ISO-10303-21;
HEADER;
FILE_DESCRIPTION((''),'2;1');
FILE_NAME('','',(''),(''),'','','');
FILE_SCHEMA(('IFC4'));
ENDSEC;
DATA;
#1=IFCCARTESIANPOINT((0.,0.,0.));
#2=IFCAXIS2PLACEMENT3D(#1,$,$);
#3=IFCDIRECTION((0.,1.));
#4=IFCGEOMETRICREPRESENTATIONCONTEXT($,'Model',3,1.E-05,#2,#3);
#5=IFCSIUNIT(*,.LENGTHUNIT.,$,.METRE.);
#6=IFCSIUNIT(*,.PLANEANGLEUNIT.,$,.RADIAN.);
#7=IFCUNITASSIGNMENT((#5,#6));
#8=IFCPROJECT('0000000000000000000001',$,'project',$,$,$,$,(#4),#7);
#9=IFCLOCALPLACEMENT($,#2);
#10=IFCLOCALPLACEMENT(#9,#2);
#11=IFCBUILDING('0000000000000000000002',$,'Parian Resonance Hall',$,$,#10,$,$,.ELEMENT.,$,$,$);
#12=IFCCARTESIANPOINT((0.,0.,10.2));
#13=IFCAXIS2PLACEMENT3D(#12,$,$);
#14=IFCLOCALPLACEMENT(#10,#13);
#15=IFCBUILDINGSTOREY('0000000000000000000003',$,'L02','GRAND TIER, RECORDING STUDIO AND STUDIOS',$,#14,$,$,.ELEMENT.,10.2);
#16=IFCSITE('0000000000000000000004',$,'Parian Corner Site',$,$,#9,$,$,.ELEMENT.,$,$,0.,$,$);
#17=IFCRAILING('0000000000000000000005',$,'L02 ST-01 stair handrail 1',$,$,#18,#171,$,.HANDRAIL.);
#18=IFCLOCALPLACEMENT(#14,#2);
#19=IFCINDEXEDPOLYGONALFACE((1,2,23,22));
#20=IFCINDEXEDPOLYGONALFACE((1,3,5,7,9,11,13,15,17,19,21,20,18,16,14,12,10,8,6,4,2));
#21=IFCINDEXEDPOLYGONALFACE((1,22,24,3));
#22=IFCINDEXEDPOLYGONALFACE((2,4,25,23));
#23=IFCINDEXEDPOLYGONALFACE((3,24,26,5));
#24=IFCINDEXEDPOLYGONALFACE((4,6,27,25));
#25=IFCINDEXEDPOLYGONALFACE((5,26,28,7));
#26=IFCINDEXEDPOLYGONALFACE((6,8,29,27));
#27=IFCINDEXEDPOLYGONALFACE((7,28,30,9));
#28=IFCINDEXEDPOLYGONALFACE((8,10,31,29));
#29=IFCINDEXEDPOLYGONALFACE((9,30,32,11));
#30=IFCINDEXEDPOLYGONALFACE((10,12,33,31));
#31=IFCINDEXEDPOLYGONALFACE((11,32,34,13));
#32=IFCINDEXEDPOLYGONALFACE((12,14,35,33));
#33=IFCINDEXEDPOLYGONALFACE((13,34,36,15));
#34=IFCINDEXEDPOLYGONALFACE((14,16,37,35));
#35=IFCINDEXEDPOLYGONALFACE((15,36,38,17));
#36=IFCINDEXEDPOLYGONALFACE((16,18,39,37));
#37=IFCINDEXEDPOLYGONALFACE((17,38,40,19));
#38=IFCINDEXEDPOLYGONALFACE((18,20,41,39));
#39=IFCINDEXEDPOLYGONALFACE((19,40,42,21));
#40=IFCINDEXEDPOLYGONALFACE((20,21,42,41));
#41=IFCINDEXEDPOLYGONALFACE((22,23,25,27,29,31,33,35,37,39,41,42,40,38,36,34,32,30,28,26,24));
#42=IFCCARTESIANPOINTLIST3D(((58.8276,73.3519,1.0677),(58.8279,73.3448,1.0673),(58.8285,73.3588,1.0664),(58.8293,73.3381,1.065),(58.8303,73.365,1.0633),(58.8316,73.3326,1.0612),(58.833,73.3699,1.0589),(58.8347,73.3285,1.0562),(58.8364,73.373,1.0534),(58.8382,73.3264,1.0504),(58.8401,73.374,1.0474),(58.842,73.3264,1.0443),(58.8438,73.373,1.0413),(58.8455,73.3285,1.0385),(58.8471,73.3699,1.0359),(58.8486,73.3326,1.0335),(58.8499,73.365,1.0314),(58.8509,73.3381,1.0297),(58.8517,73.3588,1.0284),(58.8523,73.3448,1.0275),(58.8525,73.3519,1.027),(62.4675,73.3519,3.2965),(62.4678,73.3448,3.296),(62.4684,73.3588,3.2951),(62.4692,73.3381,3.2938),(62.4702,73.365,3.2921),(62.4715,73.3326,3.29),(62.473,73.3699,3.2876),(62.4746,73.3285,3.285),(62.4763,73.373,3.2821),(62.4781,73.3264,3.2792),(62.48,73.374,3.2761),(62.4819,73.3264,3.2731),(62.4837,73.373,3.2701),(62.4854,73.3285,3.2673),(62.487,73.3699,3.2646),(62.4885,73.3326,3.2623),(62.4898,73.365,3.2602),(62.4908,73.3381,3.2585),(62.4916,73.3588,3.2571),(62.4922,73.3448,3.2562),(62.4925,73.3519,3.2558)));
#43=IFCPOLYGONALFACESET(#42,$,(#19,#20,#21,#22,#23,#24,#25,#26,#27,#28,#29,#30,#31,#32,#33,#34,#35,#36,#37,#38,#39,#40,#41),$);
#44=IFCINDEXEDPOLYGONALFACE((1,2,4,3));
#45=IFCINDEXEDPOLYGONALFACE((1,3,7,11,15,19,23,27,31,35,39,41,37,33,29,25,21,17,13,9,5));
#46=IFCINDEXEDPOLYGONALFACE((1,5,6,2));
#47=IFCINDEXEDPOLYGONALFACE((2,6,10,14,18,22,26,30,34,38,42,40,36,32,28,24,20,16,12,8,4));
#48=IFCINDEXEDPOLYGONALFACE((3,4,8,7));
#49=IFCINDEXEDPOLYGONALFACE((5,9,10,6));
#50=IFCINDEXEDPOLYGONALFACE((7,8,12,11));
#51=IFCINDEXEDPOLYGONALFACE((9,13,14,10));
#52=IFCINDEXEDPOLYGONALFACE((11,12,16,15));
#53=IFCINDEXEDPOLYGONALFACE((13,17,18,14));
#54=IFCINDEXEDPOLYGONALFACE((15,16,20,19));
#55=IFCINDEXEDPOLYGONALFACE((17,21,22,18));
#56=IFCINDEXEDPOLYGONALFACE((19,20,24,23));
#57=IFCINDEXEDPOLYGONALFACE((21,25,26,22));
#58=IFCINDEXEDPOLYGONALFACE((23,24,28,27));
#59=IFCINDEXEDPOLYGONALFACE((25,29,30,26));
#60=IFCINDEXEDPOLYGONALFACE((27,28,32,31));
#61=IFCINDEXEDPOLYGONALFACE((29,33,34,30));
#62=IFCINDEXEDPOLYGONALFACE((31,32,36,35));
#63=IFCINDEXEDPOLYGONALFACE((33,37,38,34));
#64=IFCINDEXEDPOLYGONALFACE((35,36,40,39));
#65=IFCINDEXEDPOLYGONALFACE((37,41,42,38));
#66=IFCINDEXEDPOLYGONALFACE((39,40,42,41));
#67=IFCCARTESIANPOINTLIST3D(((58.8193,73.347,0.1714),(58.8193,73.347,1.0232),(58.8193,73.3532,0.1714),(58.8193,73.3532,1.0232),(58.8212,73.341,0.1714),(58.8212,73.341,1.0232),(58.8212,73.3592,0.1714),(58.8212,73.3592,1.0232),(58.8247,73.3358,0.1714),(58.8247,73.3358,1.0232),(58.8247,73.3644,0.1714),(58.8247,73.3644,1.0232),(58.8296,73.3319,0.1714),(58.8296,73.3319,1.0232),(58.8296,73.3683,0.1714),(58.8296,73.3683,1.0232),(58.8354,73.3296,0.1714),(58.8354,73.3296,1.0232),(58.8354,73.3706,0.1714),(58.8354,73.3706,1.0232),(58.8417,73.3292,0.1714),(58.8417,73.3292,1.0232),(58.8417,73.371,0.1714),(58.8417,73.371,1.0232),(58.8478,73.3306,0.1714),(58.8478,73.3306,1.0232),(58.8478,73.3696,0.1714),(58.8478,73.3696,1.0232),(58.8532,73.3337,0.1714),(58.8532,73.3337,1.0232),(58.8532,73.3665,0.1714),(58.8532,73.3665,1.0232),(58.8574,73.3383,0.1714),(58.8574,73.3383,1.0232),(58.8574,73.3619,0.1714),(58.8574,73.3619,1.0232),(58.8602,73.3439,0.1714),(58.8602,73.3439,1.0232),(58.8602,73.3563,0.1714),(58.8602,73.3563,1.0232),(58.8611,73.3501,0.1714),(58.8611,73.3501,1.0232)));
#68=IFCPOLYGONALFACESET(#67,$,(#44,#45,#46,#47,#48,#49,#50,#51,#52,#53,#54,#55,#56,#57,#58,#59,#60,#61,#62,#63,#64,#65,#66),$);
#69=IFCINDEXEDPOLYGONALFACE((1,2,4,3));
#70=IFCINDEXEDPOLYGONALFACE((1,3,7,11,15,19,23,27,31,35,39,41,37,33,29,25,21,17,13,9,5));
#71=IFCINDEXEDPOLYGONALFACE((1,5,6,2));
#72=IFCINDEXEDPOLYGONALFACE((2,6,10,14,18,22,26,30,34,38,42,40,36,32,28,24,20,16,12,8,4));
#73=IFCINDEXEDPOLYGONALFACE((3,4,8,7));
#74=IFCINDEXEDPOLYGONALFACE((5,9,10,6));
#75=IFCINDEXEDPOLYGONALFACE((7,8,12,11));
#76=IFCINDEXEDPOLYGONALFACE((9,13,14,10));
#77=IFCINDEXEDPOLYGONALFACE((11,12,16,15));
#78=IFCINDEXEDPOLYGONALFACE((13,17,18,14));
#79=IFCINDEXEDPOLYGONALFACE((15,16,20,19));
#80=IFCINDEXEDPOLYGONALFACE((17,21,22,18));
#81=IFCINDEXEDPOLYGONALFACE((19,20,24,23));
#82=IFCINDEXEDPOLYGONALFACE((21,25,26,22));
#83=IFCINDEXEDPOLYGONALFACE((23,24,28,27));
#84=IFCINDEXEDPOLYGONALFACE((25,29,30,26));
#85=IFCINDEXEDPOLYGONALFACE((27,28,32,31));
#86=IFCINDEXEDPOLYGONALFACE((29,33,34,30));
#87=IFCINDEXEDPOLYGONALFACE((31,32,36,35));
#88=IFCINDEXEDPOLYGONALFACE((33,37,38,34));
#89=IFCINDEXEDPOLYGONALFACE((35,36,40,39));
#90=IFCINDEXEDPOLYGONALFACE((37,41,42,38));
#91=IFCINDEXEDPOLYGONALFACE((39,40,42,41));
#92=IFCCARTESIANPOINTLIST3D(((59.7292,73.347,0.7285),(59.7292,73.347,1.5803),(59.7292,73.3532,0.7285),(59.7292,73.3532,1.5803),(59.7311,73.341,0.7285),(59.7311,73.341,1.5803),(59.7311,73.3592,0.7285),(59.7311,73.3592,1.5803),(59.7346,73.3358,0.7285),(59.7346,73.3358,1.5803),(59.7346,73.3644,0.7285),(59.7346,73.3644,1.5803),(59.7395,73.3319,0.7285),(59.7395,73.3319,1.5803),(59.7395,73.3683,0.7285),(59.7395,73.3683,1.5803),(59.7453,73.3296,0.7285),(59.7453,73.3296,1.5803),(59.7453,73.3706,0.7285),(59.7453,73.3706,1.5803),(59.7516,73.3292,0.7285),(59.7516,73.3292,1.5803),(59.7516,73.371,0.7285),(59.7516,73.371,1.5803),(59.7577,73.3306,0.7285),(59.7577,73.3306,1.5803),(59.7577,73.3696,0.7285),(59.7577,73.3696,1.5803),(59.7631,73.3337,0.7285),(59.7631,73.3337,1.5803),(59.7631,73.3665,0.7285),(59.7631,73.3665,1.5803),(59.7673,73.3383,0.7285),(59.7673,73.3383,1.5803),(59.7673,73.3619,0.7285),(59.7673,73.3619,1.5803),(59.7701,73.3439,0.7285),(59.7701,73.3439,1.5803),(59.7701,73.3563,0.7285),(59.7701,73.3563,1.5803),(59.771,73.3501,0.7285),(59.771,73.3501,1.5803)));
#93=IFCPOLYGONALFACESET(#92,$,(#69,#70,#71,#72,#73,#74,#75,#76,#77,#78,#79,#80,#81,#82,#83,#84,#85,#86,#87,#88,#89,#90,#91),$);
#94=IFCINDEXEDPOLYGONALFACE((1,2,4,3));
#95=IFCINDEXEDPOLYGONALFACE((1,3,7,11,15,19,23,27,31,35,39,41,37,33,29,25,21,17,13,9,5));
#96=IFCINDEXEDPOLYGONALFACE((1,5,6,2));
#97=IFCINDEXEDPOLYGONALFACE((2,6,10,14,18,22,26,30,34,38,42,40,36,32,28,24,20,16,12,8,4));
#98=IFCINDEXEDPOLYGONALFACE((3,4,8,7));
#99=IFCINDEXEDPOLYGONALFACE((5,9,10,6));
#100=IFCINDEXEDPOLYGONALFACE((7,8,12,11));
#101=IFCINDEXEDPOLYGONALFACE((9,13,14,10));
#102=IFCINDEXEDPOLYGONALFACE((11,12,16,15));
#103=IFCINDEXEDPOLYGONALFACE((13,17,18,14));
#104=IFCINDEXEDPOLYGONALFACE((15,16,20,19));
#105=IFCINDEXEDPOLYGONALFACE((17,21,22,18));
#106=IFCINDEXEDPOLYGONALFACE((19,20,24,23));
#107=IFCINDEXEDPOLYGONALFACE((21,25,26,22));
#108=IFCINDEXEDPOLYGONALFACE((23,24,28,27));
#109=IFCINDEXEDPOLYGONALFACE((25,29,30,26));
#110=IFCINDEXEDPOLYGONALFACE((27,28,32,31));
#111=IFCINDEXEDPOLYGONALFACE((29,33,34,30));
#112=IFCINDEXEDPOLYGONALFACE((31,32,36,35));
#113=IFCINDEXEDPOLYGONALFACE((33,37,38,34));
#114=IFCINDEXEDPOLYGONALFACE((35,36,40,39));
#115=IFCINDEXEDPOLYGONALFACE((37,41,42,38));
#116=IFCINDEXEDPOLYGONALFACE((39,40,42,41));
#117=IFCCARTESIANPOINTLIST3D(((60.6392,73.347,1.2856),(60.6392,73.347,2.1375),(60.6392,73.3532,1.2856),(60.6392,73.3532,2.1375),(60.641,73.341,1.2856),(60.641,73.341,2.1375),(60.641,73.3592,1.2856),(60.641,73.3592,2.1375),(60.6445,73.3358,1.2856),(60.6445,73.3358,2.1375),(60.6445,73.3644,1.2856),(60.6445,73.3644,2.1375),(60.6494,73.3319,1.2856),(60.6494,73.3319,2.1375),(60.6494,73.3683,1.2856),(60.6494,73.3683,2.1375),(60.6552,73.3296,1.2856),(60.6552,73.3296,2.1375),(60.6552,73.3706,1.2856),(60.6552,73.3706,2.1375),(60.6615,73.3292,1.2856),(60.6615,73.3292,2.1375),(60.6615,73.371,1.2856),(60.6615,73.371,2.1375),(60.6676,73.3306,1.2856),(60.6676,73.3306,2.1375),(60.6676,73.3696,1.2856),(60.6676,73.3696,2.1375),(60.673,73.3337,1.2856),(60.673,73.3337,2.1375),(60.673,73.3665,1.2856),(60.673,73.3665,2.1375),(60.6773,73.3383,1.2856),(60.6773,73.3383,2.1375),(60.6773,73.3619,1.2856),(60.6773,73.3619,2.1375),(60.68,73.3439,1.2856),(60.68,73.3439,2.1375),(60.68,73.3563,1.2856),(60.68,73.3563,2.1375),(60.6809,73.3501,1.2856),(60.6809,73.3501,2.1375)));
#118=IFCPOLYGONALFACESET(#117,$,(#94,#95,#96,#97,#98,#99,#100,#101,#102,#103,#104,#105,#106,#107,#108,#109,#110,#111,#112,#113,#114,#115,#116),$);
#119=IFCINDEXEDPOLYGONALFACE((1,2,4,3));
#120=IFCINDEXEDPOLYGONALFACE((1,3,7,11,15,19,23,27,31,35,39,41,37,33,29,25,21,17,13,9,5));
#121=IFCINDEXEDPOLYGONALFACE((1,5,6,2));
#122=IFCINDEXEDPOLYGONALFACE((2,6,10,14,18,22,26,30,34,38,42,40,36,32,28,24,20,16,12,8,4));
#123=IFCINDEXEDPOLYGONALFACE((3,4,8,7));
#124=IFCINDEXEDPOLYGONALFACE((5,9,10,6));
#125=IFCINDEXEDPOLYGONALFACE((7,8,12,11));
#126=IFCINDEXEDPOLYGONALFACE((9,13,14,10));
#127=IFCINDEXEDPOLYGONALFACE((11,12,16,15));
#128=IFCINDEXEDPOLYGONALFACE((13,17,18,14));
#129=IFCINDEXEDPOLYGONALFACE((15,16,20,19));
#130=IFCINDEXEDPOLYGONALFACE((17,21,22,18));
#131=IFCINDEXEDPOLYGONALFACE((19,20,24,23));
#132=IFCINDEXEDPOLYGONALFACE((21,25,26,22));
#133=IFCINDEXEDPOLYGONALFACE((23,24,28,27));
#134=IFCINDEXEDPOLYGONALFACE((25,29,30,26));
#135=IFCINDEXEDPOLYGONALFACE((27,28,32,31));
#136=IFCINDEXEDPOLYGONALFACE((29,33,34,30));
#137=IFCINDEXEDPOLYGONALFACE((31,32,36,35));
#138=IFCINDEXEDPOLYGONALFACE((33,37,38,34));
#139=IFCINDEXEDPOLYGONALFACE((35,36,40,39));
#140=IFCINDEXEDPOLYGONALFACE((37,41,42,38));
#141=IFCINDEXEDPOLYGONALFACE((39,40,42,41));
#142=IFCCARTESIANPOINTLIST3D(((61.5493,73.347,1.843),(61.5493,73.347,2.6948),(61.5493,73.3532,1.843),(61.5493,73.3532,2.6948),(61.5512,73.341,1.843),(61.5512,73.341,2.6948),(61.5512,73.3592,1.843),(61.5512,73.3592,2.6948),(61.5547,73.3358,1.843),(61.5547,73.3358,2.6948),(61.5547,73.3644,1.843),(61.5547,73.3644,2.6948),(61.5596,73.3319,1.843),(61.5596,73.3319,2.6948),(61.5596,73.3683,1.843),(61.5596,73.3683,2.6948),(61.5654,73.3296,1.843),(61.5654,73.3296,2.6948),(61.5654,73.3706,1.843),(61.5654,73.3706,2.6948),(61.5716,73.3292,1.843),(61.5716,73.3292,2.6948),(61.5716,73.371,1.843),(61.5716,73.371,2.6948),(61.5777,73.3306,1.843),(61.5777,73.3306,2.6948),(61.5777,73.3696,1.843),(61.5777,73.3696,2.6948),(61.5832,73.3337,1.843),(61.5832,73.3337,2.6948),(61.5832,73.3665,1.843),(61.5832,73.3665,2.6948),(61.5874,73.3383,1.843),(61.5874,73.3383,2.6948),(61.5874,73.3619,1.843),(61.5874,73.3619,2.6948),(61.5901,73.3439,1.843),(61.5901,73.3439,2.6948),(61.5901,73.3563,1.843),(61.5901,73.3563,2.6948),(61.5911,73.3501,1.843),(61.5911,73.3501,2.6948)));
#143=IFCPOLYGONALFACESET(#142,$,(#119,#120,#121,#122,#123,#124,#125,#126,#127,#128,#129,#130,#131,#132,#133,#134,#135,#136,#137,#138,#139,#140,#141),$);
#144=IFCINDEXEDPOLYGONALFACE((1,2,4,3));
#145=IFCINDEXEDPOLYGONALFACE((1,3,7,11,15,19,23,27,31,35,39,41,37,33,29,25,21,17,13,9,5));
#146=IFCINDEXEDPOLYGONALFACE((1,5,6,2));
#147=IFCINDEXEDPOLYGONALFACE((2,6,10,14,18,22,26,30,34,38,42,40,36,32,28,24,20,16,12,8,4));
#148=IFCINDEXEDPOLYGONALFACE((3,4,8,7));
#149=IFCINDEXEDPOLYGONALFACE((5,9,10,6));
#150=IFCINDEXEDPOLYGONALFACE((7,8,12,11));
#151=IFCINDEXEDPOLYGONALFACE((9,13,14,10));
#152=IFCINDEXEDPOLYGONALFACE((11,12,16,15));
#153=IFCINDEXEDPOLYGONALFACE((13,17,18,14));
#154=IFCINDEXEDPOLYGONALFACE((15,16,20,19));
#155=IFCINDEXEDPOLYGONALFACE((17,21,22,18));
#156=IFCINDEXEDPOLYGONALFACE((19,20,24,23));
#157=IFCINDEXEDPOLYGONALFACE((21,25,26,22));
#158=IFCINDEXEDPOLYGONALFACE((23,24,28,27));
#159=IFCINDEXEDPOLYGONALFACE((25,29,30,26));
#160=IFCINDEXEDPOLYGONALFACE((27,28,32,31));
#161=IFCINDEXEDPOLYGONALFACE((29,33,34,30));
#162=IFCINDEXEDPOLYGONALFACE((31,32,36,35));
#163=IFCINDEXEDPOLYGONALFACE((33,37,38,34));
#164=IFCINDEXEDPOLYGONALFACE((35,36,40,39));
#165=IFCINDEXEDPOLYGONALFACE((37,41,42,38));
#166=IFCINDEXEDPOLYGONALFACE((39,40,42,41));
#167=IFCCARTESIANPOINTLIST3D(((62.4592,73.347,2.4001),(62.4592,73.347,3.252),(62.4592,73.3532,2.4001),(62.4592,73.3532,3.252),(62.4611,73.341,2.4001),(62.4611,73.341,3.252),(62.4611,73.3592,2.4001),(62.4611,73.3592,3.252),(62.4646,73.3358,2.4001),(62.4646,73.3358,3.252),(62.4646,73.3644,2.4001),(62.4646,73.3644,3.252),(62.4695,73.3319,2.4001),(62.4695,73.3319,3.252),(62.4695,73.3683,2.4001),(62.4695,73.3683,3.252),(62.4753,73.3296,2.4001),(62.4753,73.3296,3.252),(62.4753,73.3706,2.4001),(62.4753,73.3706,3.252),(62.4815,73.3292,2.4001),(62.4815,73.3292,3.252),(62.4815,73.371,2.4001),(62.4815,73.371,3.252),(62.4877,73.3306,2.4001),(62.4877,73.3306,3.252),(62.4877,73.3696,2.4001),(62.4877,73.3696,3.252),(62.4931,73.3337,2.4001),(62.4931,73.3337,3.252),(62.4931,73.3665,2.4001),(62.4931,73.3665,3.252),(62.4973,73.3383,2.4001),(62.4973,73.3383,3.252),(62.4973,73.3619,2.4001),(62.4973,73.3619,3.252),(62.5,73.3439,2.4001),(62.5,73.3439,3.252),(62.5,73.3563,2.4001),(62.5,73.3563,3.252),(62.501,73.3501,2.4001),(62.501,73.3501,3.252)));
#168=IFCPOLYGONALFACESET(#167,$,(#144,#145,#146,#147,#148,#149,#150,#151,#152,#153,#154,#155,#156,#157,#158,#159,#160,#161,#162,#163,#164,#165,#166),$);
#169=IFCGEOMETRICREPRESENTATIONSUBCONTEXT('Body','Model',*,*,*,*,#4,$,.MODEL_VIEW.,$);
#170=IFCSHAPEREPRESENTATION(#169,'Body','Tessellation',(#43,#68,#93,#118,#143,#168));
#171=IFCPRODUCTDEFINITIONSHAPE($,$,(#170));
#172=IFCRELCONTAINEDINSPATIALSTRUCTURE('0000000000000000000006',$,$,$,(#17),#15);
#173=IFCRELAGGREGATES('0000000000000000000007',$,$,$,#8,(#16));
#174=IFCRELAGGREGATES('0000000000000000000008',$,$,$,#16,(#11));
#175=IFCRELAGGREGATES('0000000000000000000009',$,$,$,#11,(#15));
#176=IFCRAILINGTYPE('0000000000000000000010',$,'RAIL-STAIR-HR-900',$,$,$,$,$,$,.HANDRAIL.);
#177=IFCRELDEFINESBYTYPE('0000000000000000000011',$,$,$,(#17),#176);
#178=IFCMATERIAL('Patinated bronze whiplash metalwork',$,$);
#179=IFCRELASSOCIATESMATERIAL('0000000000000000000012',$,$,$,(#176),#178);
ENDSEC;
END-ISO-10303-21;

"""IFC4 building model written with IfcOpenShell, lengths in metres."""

from ifc_helpers import new_model, si_unit, direction, frame, origin, origin_2d, place, context, subcontext, project, spatial, circle, extrude, material, type_object, element, save


model = new_model("IFC4")

# Units and contexts
model_context = context("Model", 3, precision=1e-05, world=origin(), true_north=direction((0.0, 1.0)))
body_context = subcontext(model_context, "Body", "Model", "MODEL_VIEW")
ifc_project = project(units=[si_unit("LENGTHUNIT", "METRE"), si_unit("PLANEANGLEUNIT", "RADIAN")], contexts=[model_context])

# Site, building, storey
site_placement = place(None, origin())
site = spatial("IfcSite", under=ifc_project, at=site_placement, Name="Parian Corner Site", CompositionType="ELEMENT", RefElevation=0.0)
building_placement = place(site_placement, origin())
building = spatial("IfcBuilding", under=site, at=building_placement, Name="Parian Resonance Hall", CompositionType="ELEMENT")
storey_placement = place(building_placement, frame((0.0, 0.0, 10.2)))
storey = spatial("IfcBuildingStorey", under=building, at=storey_placement, Name="L02", Description="GRAND TIER, RECORDING STUDIO AND STUDIOS", CompositionType="ELEMENT", Elevation=10.2)

# Railing
ifc_material_1 = material(Name="Patinated bronze whiplash metalwork")
railing_type_1 = type_object("IfcRailingType", Name="RAIL-STAIR-HR-900", PredefinedType="HANDRAIL", material=ifc_material_1)
railing_1_placement = place(storey_placement, frame((58.8401, 73.3501, 0.1714)))
element("IfcRailing", 1, at=railing_1_placement, inside=storey, type_object=railing_type_1, Name="L02 ST-01 stair handrail 1", PredefinedType="HANDRAIL", context=body_context, shape_type="SweptSolid", body=[
    extrude(circle(Radius=0.0239, at=origin_2d()), frame((0.0, 0.0, 0.876), z_axis=(0.852825, 0.0, 0.522197), x_axis=(0.0, 1.0, 0.0)), (0.0, 0.0, 1.0), 4.2681),
    extrude(circle(Radius=0.021, at=origin_2d()), origin(), (0.0, 0.0, 1.0), 0.8518),
    extrude(circle(Radius=0.021, at=origin_2d()), frame((0.9099, 0.0, 0.5571)), (0.0, 0.0, 1.0), 0.8518),
    extrude(circle(Radius=0.021, at=origin_2d()), frame((1.8198, 0.0, 1.1143)), (0.0, 0.0, 1.0), 0.8518),
    extrude(circle(Radius=0.021, at=origin_2d()), frame((2.73, 0.0, 1.6716)), (0.0, 0.0, 1.0), 0.8518),
    extrude(circle(Radius=0.021, at=origin_2d()), frame((3.6399, 0.0, 2.2288)), (0.0, 0.0, 1.0), 0.8518),
])

save(model, "model.ifc")
